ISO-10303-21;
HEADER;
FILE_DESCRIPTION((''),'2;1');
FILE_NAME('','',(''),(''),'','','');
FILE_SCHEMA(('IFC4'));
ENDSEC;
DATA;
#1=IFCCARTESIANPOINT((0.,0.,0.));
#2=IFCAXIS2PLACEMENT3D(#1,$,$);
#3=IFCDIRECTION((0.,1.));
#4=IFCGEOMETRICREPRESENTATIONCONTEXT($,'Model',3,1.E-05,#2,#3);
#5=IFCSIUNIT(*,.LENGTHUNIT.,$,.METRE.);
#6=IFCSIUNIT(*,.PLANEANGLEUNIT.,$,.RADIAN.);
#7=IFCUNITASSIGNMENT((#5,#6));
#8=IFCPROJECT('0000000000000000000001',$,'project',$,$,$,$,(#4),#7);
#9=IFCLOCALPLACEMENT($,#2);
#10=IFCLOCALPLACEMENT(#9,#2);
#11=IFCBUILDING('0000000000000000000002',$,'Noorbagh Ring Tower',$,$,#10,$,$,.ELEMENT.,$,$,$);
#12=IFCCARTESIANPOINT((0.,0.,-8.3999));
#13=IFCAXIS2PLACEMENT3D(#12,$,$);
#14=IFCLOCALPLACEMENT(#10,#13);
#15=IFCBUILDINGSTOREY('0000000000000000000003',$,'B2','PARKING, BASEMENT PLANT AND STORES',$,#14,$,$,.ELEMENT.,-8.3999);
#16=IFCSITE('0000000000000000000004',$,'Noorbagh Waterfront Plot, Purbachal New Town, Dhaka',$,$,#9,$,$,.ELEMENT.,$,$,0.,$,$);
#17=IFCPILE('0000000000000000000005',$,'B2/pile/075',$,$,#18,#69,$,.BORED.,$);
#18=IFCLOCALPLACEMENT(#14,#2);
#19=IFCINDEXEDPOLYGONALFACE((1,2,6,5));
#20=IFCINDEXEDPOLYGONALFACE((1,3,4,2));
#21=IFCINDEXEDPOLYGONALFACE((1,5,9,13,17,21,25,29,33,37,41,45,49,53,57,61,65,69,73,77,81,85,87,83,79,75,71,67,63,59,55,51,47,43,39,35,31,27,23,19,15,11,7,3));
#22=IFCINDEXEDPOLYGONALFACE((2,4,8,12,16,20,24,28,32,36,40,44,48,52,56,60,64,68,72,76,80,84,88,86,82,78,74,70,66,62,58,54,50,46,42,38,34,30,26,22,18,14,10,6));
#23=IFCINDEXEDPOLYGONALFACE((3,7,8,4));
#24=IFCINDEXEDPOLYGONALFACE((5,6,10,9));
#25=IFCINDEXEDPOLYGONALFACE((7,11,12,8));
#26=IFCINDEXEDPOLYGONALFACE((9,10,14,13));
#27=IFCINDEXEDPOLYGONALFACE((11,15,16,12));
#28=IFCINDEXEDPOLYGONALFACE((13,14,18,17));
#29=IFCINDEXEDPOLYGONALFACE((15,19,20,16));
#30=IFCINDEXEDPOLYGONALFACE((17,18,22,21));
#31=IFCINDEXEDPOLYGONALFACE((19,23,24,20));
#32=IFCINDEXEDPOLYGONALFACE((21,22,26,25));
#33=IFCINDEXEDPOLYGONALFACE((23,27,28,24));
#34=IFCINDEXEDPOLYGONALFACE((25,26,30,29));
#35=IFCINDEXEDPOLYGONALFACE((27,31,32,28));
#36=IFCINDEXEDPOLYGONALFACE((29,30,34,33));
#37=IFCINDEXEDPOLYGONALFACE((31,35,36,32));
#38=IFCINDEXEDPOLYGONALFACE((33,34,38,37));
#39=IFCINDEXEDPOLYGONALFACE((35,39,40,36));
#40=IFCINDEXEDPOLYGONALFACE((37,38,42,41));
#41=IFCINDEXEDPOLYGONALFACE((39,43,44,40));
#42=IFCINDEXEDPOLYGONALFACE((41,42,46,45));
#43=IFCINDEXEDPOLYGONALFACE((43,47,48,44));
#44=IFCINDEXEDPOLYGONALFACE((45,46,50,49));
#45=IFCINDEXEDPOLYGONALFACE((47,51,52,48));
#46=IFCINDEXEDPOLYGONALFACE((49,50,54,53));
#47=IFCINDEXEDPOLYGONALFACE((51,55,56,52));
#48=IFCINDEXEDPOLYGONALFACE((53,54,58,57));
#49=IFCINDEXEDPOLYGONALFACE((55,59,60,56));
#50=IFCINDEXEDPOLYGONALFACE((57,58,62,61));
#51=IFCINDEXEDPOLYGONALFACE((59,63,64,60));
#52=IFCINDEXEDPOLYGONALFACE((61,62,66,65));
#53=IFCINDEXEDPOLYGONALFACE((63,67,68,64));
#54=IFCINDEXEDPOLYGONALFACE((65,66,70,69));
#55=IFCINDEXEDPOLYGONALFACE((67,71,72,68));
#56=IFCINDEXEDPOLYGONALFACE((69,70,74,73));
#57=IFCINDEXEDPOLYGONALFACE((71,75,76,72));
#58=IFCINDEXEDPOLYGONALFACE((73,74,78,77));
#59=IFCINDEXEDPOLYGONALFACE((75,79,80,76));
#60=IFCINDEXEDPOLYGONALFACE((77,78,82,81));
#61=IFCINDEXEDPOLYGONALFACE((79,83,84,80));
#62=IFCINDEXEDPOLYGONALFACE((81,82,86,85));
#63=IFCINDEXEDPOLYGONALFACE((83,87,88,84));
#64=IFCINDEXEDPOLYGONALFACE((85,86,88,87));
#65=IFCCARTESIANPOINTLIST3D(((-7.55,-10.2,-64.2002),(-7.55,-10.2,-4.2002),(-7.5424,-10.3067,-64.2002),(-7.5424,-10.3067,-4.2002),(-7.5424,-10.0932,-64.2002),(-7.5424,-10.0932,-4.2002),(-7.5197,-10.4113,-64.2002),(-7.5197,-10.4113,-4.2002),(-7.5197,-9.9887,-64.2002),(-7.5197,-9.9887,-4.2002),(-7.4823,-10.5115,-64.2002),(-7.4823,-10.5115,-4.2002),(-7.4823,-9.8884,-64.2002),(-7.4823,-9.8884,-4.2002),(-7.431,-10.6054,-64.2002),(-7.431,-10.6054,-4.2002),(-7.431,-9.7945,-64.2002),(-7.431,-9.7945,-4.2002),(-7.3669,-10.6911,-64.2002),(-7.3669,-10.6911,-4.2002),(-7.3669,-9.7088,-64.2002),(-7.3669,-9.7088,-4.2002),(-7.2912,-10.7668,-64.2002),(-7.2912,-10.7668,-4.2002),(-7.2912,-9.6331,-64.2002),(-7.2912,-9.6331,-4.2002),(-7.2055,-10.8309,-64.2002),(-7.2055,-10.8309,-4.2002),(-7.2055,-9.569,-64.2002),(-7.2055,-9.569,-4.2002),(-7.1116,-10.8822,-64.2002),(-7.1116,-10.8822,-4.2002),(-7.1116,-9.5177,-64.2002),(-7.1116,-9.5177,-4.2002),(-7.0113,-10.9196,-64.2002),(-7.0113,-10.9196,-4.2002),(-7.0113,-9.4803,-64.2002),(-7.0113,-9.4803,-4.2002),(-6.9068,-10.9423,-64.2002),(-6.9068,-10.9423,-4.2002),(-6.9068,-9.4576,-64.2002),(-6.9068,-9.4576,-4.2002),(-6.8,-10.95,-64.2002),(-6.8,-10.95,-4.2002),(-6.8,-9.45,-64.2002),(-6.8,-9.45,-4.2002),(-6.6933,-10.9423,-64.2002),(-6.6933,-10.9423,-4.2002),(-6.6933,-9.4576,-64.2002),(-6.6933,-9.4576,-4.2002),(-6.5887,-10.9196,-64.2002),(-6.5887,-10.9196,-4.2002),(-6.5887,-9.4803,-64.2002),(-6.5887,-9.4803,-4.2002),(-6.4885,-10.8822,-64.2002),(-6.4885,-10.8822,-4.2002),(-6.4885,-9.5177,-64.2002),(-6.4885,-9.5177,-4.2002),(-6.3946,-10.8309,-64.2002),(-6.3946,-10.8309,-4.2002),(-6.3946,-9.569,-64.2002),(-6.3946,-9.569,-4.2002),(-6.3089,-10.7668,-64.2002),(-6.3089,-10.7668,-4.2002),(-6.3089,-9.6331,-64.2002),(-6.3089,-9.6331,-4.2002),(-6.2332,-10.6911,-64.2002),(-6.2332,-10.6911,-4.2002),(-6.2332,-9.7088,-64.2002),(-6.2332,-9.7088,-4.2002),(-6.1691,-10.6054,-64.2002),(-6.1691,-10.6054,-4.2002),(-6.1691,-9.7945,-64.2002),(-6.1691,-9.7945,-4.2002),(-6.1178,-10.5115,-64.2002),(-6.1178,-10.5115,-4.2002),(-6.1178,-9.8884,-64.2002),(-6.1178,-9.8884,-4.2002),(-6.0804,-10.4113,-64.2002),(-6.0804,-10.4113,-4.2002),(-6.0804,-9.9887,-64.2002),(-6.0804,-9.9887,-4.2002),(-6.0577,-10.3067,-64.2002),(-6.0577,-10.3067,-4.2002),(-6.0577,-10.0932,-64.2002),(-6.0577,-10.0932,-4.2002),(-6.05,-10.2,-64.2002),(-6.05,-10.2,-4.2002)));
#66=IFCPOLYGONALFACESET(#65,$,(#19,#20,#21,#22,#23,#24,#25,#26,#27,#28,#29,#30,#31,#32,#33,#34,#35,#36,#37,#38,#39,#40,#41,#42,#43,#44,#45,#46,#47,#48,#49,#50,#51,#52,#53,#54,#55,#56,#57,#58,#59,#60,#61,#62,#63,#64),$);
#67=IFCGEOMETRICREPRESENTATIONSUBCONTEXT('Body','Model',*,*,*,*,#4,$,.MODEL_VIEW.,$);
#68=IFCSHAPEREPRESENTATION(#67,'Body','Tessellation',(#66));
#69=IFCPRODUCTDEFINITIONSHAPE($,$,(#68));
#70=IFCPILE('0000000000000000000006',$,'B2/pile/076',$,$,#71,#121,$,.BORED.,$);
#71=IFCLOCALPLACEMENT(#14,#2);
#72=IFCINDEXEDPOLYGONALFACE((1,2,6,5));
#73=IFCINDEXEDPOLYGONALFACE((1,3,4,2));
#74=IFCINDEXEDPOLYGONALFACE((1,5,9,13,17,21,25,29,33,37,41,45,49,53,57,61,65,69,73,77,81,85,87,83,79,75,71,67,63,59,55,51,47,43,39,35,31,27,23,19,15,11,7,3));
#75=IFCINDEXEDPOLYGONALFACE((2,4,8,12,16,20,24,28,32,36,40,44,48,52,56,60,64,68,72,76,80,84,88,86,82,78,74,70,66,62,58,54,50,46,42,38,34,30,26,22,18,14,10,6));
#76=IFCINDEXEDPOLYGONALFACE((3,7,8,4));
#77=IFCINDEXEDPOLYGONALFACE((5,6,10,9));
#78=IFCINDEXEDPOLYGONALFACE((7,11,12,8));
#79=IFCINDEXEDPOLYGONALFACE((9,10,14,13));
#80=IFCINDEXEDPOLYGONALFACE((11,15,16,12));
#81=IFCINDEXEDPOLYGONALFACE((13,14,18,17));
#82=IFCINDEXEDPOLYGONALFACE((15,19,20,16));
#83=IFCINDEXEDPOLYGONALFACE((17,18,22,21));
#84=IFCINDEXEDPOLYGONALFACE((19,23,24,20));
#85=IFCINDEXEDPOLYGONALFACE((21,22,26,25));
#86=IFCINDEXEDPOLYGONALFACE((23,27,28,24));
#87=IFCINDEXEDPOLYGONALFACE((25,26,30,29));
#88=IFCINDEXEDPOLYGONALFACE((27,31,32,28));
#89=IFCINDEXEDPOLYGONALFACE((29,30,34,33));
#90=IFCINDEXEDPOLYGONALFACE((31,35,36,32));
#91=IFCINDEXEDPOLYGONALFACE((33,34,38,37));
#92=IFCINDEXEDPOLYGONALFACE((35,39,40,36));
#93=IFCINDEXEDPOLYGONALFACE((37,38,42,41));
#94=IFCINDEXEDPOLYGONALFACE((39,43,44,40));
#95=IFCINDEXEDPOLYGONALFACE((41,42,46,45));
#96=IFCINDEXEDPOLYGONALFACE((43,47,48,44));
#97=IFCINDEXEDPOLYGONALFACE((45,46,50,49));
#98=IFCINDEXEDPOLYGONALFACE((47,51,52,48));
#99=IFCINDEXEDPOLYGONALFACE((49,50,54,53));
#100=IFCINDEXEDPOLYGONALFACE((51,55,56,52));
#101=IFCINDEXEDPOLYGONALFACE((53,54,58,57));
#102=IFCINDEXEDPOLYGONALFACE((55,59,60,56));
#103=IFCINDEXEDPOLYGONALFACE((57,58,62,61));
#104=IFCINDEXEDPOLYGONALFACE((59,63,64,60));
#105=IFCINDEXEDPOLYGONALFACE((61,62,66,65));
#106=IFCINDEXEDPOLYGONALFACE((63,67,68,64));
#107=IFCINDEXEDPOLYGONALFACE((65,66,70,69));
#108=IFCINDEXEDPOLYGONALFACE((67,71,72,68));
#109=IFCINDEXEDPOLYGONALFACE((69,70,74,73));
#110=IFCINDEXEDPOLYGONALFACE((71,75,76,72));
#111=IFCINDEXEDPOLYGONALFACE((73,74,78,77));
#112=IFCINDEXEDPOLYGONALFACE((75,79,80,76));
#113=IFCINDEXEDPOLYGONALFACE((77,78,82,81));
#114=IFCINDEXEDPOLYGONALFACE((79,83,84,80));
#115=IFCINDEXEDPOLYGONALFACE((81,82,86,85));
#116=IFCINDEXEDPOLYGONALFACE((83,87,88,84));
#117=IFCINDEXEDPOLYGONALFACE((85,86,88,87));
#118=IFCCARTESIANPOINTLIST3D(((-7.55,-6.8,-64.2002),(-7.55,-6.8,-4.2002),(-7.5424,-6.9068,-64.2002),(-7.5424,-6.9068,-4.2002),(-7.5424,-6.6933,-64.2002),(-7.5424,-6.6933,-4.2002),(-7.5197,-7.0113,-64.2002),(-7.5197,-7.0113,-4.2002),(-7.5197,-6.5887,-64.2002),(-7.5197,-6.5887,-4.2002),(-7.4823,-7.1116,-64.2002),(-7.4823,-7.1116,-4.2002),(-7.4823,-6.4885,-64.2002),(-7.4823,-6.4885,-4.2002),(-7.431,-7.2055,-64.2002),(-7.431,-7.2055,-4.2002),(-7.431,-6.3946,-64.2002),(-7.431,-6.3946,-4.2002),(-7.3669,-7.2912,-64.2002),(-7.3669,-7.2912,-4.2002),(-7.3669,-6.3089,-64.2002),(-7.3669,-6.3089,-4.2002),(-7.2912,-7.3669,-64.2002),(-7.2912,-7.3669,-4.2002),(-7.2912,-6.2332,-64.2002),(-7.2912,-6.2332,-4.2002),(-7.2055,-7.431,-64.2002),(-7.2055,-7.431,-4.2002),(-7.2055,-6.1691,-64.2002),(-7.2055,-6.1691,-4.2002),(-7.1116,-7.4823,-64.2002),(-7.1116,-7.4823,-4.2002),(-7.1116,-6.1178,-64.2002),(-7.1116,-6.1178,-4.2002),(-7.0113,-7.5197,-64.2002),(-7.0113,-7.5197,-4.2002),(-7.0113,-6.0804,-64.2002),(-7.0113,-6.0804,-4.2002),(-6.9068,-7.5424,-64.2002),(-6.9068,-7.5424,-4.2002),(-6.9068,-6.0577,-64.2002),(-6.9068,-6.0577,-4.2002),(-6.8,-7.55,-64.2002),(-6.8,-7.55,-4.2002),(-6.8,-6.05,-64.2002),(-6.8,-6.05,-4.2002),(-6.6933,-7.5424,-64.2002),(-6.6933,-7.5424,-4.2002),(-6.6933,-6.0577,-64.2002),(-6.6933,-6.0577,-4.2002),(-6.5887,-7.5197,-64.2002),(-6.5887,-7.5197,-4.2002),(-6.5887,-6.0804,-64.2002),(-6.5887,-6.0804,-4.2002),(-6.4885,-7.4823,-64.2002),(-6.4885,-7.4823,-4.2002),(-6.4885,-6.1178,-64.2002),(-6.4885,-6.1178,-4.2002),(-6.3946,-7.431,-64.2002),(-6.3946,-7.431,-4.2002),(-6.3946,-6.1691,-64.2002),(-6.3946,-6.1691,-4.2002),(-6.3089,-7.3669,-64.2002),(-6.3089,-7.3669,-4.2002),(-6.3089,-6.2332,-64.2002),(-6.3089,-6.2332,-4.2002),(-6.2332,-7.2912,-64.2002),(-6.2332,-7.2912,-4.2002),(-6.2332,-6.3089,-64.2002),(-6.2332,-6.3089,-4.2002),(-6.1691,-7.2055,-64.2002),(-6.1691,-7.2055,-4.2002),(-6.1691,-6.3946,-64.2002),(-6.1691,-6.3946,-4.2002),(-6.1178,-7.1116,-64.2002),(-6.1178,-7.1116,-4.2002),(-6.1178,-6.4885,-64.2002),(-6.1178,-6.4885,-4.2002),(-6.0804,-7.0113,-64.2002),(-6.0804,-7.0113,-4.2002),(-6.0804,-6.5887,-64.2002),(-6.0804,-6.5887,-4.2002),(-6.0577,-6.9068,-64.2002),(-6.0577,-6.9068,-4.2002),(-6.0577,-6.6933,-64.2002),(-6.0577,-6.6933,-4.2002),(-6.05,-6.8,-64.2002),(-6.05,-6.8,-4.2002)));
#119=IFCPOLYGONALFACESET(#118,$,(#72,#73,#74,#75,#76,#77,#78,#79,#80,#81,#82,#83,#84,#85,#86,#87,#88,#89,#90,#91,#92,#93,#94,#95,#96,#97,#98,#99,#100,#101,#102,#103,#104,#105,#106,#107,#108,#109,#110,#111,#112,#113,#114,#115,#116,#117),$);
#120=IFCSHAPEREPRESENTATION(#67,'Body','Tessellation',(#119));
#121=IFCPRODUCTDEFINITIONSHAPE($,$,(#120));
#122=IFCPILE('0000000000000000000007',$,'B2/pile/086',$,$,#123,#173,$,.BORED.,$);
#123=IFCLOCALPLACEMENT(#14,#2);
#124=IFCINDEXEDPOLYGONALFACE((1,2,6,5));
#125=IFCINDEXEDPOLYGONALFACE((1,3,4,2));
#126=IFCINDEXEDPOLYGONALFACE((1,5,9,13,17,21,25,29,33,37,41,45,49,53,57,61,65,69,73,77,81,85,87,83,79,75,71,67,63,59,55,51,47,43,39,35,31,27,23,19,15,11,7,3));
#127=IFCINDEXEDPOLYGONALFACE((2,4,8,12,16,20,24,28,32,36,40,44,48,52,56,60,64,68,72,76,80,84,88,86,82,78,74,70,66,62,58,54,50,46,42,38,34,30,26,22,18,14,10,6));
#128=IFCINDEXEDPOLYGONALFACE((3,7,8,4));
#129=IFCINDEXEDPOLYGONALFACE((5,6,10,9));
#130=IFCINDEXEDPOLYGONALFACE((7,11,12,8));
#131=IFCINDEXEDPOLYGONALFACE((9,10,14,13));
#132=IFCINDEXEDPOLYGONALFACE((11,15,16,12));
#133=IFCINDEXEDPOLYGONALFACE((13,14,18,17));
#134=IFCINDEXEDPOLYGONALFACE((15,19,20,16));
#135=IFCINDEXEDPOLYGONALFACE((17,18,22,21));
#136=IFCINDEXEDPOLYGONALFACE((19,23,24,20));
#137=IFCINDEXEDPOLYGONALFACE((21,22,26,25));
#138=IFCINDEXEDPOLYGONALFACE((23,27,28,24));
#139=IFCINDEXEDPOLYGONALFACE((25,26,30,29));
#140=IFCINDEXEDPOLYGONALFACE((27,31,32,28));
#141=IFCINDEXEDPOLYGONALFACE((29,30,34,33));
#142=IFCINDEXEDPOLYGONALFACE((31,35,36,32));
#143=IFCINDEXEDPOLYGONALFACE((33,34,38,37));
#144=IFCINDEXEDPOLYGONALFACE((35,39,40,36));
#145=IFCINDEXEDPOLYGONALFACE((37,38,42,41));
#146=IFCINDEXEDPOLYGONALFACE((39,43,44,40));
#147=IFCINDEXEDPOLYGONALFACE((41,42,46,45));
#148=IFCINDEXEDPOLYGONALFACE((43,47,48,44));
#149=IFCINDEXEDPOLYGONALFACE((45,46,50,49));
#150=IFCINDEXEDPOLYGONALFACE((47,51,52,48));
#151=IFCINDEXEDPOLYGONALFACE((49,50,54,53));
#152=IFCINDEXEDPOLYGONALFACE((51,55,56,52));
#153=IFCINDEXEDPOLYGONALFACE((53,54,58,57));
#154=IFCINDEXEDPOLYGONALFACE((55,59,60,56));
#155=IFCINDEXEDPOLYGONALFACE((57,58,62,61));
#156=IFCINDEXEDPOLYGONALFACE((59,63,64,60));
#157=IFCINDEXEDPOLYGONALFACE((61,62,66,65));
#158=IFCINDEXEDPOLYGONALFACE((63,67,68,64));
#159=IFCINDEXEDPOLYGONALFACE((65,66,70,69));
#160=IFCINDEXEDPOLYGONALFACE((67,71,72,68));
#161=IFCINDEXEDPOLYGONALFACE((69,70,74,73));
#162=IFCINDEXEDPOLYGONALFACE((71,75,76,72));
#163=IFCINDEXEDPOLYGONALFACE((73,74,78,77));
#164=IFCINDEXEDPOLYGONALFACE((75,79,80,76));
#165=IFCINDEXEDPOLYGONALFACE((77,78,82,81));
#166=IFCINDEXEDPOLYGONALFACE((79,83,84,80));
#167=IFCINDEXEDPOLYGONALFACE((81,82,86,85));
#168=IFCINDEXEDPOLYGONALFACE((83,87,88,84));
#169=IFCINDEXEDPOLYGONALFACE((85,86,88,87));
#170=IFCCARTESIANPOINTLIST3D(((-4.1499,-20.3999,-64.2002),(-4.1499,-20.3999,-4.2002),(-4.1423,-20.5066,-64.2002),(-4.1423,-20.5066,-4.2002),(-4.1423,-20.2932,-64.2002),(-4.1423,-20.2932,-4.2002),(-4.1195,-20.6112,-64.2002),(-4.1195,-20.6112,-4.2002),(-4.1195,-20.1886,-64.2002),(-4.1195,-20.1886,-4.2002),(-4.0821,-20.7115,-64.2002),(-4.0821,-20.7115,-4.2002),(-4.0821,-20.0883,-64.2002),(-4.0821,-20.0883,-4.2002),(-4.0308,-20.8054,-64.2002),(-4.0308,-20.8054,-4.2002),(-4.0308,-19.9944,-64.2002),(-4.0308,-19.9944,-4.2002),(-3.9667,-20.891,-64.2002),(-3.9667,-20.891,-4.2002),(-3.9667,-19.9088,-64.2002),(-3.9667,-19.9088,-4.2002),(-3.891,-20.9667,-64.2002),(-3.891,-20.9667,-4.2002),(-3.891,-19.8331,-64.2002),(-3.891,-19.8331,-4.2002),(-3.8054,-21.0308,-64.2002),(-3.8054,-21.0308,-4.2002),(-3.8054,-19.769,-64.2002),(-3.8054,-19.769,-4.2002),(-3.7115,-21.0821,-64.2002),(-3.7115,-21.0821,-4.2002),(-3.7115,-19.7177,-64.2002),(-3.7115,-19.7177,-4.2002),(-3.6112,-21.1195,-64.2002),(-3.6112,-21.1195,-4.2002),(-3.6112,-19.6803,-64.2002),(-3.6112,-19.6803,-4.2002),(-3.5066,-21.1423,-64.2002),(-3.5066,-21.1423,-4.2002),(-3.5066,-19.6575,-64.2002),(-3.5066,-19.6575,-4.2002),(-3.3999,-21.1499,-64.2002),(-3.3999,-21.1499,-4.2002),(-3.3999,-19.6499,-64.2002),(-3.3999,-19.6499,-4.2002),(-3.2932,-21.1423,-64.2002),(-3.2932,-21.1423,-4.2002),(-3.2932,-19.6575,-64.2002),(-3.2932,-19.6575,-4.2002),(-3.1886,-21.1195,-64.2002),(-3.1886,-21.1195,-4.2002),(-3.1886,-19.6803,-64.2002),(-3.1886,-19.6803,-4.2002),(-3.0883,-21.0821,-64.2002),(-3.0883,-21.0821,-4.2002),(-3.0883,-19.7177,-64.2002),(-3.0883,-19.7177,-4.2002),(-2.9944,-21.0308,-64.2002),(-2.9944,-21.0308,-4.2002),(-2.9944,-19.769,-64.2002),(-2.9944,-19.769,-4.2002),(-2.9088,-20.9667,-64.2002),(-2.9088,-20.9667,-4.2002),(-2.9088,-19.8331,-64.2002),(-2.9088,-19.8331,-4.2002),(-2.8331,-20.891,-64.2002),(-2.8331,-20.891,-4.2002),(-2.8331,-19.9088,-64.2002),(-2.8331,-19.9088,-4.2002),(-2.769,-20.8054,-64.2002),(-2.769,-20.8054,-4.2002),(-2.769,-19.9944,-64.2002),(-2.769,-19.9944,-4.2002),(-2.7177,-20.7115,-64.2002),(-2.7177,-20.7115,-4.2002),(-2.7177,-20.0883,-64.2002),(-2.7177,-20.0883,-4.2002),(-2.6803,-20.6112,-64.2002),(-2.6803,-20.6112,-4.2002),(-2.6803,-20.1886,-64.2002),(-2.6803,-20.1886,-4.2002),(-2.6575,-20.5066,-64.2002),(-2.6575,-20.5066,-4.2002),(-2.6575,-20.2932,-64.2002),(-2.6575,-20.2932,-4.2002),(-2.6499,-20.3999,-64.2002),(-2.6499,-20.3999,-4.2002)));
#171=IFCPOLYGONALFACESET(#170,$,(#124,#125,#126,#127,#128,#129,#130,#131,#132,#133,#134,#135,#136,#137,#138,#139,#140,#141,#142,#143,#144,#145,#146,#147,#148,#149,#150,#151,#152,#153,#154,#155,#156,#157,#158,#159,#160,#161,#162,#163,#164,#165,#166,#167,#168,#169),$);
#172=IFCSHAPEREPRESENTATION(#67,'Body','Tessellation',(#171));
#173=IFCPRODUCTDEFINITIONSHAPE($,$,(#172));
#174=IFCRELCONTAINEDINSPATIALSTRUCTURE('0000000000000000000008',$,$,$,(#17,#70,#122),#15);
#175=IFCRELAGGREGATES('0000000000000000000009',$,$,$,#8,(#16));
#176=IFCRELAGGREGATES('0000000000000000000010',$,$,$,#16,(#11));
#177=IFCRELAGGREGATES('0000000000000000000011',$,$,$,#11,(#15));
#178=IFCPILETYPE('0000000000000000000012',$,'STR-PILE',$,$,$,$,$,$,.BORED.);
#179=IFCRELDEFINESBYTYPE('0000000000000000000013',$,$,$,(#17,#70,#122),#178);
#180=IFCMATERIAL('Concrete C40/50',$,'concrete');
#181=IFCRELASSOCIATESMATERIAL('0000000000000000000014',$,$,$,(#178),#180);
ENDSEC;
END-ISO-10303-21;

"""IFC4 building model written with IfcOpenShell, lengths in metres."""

from ifc_helpers import new_model, si_unit, direction, frame, origin, origin_2d, place, context, subcontext, project, spatial, circle, extrude, material, material_profile, profile_set, type_object, element, save


model = new_model("IFC4")

# Units and contexts
model_context = context("Model", 3, precision=1e-05, world=origin(), true_north=direction((0.0, 1.0)))
body_context = subcontext(model_context, "Body", "Model", "MODEL_VIEW")
ifc_project = project(units=[si_unit("LENGTHUNIT", "METRE"), si_unit("PLANEANGLEUNIT", "RADIAN")], contexts=[model_context])

# Site, building, storey
site_placement = place(None, origin())
site = spatial("IfcSite", under=ifc_project, at=site_placement, Name="Noorbagh Waterfront Plot, Purbachal New Town, Dhaka", CompositionType="ELEMENT", RefElevation=0.0)
building_placement = place(site_placement, origin())
building = spatial("IfcBuilding", under=site, at=building_placement, Name="Noorbagh Ring Tower", CompositionType="ELEMENT")
storey_placement = place(building_placement, frame((0.0, 0.0, -8.3999)))
storey = spatial("IfcBuildingStorey", under=building, at=storey_placement, Name="B2", Description="PARKING, BASEMENT PLANT AND STORES", CompositionType="ELEMENT", Elevation=-8.3999)

# Piles
ifc_material_1 = material(Name="Concrete C40/50", Category="concrete")
ifc_material_profile_1 = material_profile(ifc_material_1, circle(Radius=0.75, at=origin_2d()), Name="PILE1500")
ifc_profile_set_1 = profile_set([ifc_material_profile_1], Name="Concrete C40/50")
pile_type = type_object("IfcPileType", Name="STR-PILE", PredefinedType="BORED", material=ifc_profile_set_1)
for number, where, z_axis, x_axis, name in (
    (1, (-6.8, -10.2, -4.2002), (0.0, 0.0, -1.0), (1.0, 0.0, 0.0), "B2/pile/075"),
    (2, (-6.8, -6.8, -4.2002), (0.0, 0.0, -1.0), (1.0, 0.0, 0.0), "B2/pile/076"),
    (3, (-3.3999, -20.3999, -4.2002), (0.0, 0.0, -1.0), (1.0, 0.0, 0.0), "B2/pile/086"),
):
    element("IfcPile", number, at=place(storey_placement, frame(where, z_axis=z_axis, x_axis=x_axis)), inside=storey, type_object=pile_type, Name=name, PredefinedType="BORED", context=body_context, shape_type="SweptSolid", body=[
        extrude(circle(Radius=0.75, at=origin_2d()), origin(), (0.0, 0.0, 1.0), 60.0),
    ])

save(model, "model.ifc")
